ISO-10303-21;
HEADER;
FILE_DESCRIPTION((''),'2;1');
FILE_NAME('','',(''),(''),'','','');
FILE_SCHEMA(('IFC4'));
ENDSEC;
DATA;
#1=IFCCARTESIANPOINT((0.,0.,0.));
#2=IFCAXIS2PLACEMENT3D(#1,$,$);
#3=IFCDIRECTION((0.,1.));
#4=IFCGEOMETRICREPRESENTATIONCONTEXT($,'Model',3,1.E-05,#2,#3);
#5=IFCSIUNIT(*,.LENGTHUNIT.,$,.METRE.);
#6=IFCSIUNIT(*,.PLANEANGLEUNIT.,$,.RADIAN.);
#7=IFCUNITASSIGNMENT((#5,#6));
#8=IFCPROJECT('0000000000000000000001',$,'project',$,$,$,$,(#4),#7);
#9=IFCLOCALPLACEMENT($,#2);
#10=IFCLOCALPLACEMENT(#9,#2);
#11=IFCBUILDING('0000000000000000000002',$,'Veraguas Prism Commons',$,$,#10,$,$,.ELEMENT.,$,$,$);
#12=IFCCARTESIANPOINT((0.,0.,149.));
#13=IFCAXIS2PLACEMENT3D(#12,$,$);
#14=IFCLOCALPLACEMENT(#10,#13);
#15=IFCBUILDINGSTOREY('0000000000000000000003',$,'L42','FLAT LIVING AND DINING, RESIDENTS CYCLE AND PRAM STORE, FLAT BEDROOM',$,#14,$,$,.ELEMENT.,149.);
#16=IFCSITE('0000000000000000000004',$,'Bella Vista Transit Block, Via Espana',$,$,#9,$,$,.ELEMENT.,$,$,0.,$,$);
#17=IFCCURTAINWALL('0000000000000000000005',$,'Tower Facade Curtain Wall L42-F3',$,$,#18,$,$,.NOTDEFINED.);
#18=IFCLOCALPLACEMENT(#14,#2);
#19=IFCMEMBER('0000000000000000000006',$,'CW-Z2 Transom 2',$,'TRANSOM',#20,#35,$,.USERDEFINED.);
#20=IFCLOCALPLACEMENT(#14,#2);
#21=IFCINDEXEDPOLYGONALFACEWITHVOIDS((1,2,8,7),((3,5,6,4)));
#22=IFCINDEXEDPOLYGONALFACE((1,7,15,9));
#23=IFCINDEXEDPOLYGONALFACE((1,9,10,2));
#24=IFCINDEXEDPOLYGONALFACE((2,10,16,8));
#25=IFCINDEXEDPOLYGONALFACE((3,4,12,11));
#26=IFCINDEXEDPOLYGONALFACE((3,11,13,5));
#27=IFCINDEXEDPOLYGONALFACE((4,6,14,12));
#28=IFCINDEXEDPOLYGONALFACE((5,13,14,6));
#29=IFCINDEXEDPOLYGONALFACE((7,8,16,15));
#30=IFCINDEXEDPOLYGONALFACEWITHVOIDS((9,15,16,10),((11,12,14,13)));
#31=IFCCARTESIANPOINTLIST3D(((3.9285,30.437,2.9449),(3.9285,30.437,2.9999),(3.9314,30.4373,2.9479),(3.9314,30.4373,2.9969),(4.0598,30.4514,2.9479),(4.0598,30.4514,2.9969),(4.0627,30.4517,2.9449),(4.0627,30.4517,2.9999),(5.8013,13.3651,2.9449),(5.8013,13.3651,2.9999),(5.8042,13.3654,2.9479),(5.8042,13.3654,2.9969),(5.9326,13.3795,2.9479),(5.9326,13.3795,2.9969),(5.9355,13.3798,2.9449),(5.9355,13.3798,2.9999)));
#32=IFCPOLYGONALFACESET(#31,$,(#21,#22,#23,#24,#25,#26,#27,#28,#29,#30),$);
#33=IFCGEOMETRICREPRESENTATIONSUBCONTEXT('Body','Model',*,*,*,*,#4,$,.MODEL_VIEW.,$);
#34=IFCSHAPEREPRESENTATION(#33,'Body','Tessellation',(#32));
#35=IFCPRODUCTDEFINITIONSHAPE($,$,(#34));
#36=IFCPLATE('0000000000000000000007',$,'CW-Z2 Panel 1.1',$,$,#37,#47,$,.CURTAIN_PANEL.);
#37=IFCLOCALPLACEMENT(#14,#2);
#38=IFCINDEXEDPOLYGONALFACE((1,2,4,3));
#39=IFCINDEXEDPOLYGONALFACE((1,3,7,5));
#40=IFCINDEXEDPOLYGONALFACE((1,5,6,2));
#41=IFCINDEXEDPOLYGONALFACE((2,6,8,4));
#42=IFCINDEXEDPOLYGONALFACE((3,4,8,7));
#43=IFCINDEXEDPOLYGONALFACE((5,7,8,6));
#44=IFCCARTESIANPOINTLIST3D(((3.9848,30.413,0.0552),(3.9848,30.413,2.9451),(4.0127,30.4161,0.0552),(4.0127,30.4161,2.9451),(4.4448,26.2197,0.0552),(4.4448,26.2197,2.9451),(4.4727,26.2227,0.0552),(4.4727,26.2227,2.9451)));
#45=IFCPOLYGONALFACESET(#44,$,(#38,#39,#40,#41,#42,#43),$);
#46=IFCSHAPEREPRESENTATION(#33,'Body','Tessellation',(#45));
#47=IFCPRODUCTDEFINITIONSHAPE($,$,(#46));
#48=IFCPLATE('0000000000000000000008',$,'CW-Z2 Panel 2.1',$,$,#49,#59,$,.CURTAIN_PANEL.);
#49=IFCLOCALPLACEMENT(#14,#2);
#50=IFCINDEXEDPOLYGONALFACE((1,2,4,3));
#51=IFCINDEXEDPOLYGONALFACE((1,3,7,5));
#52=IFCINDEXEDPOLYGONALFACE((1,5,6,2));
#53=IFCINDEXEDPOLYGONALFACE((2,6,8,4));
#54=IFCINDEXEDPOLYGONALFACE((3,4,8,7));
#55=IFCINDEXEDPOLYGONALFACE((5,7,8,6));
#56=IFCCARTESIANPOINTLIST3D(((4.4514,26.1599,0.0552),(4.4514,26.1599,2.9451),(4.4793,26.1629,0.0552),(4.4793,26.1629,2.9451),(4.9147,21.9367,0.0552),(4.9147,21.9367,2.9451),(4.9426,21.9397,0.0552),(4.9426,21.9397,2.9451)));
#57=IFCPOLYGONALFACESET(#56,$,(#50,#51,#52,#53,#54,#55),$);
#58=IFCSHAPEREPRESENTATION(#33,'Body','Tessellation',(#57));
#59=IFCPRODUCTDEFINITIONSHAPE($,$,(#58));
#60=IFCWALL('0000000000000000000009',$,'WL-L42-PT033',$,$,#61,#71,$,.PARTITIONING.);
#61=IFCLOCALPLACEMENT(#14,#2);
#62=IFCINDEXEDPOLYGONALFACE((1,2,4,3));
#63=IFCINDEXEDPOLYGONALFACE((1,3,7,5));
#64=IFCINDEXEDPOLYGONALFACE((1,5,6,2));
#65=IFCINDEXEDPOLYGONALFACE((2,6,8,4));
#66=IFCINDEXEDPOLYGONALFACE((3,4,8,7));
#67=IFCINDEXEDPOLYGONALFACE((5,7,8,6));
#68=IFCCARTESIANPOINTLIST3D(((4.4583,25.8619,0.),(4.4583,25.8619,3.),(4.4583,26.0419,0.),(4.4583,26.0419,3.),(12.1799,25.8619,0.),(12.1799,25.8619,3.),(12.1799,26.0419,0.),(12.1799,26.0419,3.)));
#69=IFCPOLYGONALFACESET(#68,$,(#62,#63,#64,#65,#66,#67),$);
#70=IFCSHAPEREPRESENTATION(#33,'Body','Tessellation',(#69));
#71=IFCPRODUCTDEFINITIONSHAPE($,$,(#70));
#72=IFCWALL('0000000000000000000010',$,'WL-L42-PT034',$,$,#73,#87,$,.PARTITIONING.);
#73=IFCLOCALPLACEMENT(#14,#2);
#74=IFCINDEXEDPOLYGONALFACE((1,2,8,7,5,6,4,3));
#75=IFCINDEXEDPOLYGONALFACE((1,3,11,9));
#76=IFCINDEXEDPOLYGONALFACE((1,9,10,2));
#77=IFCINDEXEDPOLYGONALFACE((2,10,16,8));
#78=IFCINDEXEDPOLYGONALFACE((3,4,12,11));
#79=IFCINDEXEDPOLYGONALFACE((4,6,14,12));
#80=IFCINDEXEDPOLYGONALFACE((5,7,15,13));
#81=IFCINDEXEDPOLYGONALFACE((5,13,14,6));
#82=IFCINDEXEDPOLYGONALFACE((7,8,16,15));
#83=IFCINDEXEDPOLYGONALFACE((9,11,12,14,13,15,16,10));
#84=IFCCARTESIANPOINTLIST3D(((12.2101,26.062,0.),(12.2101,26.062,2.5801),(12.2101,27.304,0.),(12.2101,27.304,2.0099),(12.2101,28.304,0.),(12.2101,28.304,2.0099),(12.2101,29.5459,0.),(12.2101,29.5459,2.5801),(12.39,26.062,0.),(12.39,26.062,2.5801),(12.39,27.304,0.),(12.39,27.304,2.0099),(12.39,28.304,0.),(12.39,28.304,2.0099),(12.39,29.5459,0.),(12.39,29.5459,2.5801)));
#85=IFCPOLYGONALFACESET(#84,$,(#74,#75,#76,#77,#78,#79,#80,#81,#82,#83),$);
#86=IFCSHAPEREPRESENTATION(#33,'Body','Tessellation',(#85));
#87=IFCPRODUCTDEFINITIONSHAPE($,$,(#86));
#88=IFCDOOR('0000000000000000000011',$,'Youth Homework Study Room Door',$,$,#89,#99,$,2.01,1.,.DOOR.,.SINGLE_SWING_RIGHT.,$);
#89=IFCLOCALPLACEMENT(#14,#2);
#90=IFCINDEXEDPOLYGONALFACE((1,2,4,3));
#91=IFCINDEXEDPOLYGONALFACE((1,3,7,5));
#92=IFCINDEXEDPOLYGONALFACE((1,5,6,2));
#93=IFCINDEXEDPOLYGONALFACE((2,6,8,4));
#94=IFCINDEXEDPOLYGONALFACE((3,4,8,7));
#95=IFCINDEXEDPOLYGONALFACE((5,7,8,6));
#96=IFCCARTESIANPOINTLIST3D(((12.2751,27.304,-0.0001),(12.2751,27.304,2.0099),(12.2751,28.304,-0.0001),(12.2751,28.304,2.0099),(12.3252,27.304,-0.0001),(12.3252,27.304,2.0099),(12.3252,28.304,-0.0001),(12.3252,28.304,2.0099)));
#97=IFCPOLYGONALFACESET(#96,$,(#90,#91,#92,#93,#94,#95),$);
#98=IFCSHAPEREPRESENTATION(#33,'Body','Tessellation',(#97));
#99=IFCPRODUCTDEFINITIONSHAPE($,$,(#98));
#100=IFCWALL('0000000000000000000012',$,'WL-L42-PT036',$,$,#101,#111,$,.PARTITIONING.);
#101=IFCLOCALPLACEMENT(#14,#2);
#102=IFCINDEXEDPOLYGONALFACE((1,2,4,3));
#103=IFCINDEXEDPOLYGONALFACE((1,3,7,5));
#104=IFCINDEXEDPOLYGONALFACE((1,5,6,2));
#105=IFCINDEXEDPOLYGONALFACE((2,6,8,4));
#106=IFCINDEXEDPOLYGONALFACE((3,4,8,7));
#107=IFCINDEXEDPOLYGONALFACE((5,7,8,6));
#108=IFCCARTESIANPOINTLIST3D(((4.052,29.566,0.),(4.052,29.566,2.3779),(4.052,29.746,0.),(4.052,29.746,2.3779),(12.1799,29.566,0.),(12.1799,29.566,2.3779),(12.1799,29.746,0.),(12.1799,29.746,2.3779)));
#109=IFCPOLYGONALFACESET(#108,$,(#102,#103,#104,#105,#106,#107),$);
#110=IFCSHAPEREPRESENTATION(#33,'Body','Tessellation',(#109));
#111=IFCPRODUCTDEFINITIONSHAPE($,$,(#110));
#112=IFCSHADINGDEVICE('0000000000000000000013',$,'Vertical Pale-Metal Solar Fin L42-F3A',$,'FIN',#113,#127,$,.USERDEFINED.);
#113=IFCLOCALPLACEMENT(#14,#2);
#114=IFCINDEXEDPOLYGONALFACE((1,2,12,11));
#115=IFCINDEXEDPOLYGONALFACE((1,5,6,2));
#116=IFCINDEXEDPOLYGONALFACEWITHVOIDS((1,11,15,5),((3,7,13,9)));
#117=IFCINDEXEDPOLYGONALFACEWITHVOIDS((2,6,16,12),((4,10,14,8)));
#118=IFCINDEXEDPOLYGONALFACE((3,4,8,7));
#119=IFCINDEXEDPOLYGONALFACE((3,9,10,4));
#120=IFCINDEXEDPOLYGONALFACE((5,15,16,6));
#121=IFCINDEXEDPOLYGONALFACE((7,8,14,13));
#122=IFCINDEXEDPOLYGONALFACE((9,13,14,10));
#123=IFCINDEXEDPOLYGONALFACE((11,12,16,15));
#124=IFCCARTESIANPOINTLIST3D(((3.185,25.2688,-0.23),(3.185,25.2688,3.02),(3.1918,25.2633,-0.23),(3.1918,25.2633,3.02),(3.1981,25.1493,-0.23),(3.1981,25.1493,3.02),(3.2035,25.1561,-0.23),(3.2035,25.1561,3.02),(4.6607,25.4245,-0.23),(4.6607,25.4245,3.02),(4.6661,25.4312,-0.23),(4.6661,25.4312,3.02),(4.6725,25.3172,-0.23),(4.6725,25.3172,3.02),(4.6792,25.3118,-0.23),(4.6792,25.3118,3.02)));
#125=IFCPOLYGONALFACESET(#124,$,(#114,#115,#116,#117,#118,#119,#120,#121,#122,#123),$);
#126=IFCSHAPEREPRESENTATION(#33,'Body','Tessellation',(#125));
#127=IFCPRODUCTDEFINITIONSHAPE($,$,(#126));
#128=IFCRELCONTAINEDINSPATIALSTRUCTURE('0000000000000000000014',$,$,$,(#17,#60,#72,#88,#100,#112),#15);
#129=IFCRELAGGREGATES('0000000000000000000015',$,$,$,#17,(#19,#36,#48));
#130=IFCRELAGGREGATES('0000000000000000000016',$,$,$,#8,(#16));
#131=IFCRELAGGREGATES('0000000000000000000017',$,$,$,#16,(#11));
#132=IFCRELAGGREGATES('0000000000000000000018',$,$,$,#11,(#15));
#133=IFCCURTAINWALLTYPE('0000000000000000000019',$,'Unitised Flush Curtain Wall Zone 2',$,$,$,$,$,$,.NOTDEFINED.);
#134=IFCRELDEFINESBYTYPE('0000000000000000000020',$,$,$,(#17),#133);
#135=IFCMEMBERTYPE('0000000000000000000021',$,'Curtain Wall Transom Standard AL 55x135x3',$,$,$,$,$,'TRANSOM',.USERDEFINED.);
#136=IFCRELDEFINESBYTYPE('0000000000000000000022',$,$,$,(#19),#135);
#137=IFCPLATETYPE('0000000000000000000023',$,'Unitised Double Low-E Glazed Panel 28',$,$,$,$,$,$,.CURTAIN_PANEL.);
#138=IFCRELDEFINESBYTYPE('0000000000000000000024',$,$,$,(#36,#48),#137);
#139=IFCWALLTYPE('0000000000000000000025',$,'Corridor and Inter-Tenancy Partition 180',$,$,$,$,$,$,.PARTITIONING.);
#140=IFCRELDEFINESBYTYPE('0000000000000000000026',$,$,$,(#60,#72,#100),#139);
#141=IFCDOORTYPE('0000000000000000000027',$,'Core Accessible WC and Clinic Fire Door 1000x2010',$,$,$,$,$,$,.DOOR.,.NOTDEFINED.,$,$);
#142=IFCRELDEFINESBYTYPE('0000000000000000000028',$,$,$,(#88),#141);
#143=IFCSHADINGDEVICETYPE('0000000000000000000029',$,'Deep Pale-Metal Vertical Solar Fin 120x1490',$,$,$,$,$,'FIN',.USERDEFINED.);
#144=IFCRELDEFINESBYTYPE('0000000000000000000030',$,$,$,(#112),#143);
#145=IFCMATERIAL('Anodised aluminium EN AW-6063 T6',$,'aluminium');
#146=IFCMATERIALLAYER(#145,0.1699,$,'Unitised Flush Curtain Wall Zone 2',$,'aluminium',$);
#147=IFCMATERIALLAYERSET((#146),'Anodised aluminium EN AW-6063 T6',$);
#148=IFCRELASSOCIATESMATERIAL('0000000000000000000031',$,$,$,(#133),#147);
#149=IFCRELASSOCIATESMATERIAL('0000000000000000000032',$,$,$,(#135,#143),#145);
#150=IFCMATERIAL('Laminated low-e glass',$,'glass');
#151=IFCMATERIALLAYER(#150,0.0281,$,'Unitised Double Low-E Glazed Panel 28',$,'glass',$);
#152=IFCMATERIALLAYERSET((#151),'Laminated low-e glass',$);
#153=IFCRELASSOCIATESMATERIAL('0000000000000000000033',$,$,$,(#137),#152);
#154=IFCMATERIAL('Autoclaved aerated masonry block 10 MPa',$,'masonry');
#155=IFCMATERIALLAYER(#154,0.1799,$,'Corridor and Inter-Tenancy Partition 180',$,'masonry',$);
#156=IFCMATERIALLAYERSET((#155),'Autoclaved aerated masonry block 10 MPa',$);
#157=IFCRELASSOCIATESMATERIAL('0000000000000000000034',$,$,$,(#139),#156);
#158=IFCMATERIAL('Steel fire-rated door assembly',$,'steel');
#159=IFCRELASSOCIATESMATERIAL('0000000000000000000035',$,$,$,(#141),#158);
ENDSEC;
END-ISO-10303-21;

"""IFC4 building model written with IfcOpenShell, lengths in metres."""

from ifc_helpers import new_model, si_unit, direction, frame, frame_2d, origin, origin_2d, place, context, subcontext, project, spatial, rectangle, hollow_rectangle, extrude, source, transform, mapped, material, layer, layer_set, material_profile, profile_set, type_object, element, fill, aggregate, save


model = new_model("IFC4")

# Units and contexts
model_context = context("Model", 3, precision=1e-05, world=origin(), true_north=direction((0.0, 1.0)))
body_context = subcontext(model_context, "Body", "Model", "MODEL_VIEW")
ifc_project = project(units=[si_unit("LENGTHUNIT", "METRE"), si_unit("PLANEANGLEUNIT", "RADIAN")], contexts=[model_context])

# Site, building, storey
site_placement = place(None, origin())
site = spatial("IfcSite", under=ifc_project, at=site_placement, Name="Bella Vista Transit Block, Via Espana", CompositionType="ELEMENT", RefElevation=0.0)
building_placement = place(site_placement, origin())
building = spatial("IfcBuilding", under=site, at=building_placement, Name="Veraguas Prism Commons", CompositionType="ELEMENT")
storey_placement = place(building_placement, frame((0.0, 0.0, 149.0)))
storey = spatial("IfcBuildingStorey", under=building, at=storey_placement, Name="L42", Description="FLAT LIVING AND DINING, RESIDENTS CYCLE AND PRAM STORE, FLAT BEDROOM", CompositionType="ELEMENT", Elevation=149.0)

# Curtain wall
ifc_material_1 = material(Name="Anodised aluminium EN AW-6063 T6", Category="aluminium")
ifc_layer_1 = layer(ifc_material_1, 0.1699, Name="Unitised Flush Curtain Wall Zone 2", Category="aluminium")
ifc_layer_set_1 = layer_set([ifc_layer_1], Name="Anodised aluminium EN AW-6063 T6")
curtain_wall_type = type_object("IfcCurtainWallType", Name="Unitised Flush Curtain Wall Zone 2", PredefinedType="NOTDEFINED", material=ifc_layer_set_1)
curtain_wall_1_placement = place(storey_placement, origin())
curtain_wall_1 = element("IfcCurtainWall", 1, at=curtain_wall_1_placement, inside=storey, type_object=curtain_wall_type, Name="Tower Facade Curtain Wall L42-F3", PredefinedType="NOTDEFINED")

# Member
ifc_material_profile_1 = material_profile(ifc_material_1, hollow_rectangle(XDim=0.0549, YDim=0.135, WallThickness=0.0029, at=origin_2d()), Name="AL55X135X3")
ifc_profile_set_1 = profile_set([ifc_material_profile_1], Name="Anodised aluminium EN AW-6063 T6")
member_type_1 = type_object("IfcMemberType", Name="Curtain Wall Transom Standard AL 55x135x3", ElementType="TRANSOM", PredefinedType="USERDEFINED", material=ifc_profile_set_1)
shared_shape_1 = source(origin(), body_context, "Body", "SweptSolid", [
    extrude(hollow_rectangle(XDim=0.0549, YDim=0.135, WallThickness=0.0029, at=origin_2d()), origin(), (0.0, 0.0, 1.0), 17.1743),
])
member_1_placement = place(storey_placement, frame((3.9956, 30.4443, 2.9724), z_axis=(0.109046, -0.994037, 0.0), x_axis=(0.0, 0.0, 1.0)))
member_1 = element("IfcMember", 2, at=member_1_placement, type_object=member_type_1, Name="CW-Z2 Transom 2", ObjectType="TRANSOM", PredefinedType="USERDEFINED", context=body_context, shape_type="MappedRepresentation", body=[
    mapped(shared_shape_1, transform((0.0, 0.0, 0.0), scale=1.0)),
])

# Plates
ifc_material_2 = material(Name="Laminated low-e glass", Category="glass")
ifc_layer_2 = layer(ifc_material_2, 0.0281, Name="Unitised Double Low-E Glazed Panel 28", Category="glass")
ifc_layer_set_2 = layer_set([ifc_layer_2], Name="Laminated low-e glass")
plate_type = type_object("IfcPlateType", Name="Unitised Double Low-E Glazed Panel 28", PredefinedType="CURTAIN_PANEL", material=ifc_layer_set_2)
shared_shape_2 = source(origin(), body_context, "Body", "SweptSolid", [
    extrude(rectangle(XDim=4.2185, YDim=0.0281, at=origin_2d()), origin(), (0.0, 0.0, 1.0), 2.8899),
])
plate_1_placement = place(storey_placement, frame((4.2288, 28.3179, 0.0552), z_axis=(0.0, 0.0, 1.0), x_axis=(0.109044, -0.994037, 0.0)))
plate_1 = element("IfcPlate", 3, at=plate_1_placement, type_object=plate_type, Name="CW-Z2 Panel 1.1", PredefinedType="CURTAIN_PANEL", context=body_context, shape_type="MappedRepresentation", body=[
    mapped(shared_shape_2, transform((0.0, 0.0, 0.0), scale=1.0)),
])
shared_shape_3 = source(origin(), body_context, "Body", "SweptSolid", [
    extrude(rectangle(XDim=4.2485, YDim=0.0281, at=origin_2d()), origin(), (0.0, 0.0, 1.0), 2.8899),
])
plate_2_placement = place(storey_placement, frame((4.697, 24.0498, 0.0552), z_axis=(0.0, 0.0, 1.0), x_axis=(0.109044, -0.994037, 0.0)))
plate_2 = element("IfcPlate", 4, at=plate_2_placement, type_object=plate_type, Name="CW-Z2 Panel 2.1", PredefinedType="CURTAIN_PANEL", context=body_context, shape_type="MappedRepresentation", body=[
    mapped(shared_shape_3, transform((0.0, 0.0, 0.0), scale=1.0)),
])
aggregate(curtain_wall_1, [member_1, plate_1, plate_2])

# Wall
ifc_material_3 = material(Name="Autoclaved aerated masonry block 10 MPa", Category="masonry")
ifc_layer_3 = layer(ifc_material_3, 0.1799, Name="Corridor and Inter-Tenancy Partition 180", Category="masonry")
ifc_layer_set_3 = layer_set([ifc_layer_3], Name="Autoclaved aerated masonry block 10 MPa")
wall_type = type_object("IfcWallType", Name="Corridor and Inter-Tenancy Partition 180", PredefinedType="PARTITIONING", material=ifc_layer_set_3)
wall_1_placement = place(storey_placement, frame((12.1799, 25.9519, 0.0), z_axis=(0.0, 0.0, 1.0), x_axis=(-1.0, 0.0, 0.0)))
element("IfcWall", 5, at=wall_1_placement, inside=storey, type_object=wall_type, Name="WL-L42-PT033", PredefinedType="PARTITIONING", context=body_context, shape_type="SweptSolid", body=[
    extrude(rectangle(XDim=7.7217, YDim=0.1799, at=frame_2d((3.8608, 0.0))), origin(), (0.0, 0.0, 1.0), 3.0),
])

# Wall, opening, door
wall_2_placement = place(storey_placement, frame((12.3, 26.062, 0.0), z_axis=(0.0, 0.0, 1.0), x_axis=(0.0, 1.0, 0.0)))
wall_2 = element("IfcWall", 6, at=wall_2_placement, inside=storey, type_object=wall_type, Name="WL-L42-PT034", PredefinedType="PARTITIONING", context=body_context, shape_type="SweptSolid", body=[
    extrude(rectangle(XDim=3.4839, YDim=0.1799, at=frame_2d((1.7419, 0.0))), origin(), (0.0, 0.0, 1.0), 2.5801),
])
opening_placement = place(wall_2_placement, frame((1.2419, 0.0, 0.0)))
opening = element("IfcOpeningElement", 7, at=opening_placement, cuts=wall_2, PredefinedType="OPENING", context=body_context, shape_type="SweptSolid", body=[
    extrude(rectangle(XDim=1.0, YDim=2.01, at=frame_2d((0.5, 1.0049))), frame((0.0, 0.0999, 0.0), z_axis=(0.0, -1.0, 0.0), x_axis=(1.0, 0.0, 0.0)), (0.0, 0.0, 1.0), 0.2),
])
ifc_material_4 = material(Name="Steel fire-rated door assembly", Category="steel")
door_type = type_object("IfcDoorType", Name="Core Accessible WC and Clinic Fire Door 1000x2010", OperationType="NOTDEFINED", PredefinedType="DOOR", material=ifc_material_4)
shared_shape_4 = source(origin(), body_context, "Body", "SweptSolid", [
    extrude(rectangle(XDim=1.0, YDim=2.01, at=frame_2d((0.5, 1.0049))), frame((0.0, 0.0249, 0.0), z_axis=(0.0, -1.0, 0.0), x_axis=(1.0, 0.0, 0.0)), (0.0, 0.0, 1.0), 0.05),
])
door_placement = place(opening_placement, origin())
door = element("IfcDoor", 8, at=door_placement, inside=storey, type_object=door_type, Name="Youth Homework Study Room Door", OperationType="SINGLE_SWING_RIGHT", OverallHeight=2.01, OverallWidth=1.0, PredefinedType="DOOR", context=body_context, shape_type="MappedRepresentation", body=[
    mapped(shared_shape_4, transform((0.0, 0.0, 0.0), scale=1.0)),
])
fill(opening, door)

# Wall
wall_3_placement = place(storey_placement, frame((12.1799, 29.656, 0.0), z_axis=(0.0, 0.0, 1.0), x_axis=(-1.0, 0.0, 0.0)))
element("IfcWall", 9, at=wall_3_placement, inside=storey, type_object=wall_type, Name="WL-L42-PT036", PredefinedType="PARTITIONING", context=body_context, shape_type="SweptSolid", body=[
    extrude(rectangle(XDim=8.1279, YDim=0.1799, at=frame_2d((4.064, 0.0))), origin(), (0.0, 0.0, 1.0), 2.3779),
])

# Shading device
ifc_material_profile_2 = material_profile(ifc_material_1, hollow_rectangle(XDim=0.1201, YDim=1.49, WallThickness=0.0061, at=origin_2d()), Name="FIN120X1490X6")
ifc_profile_set_2 = profile_set([ifc_material_profile_2], Name="Anodised aluminium EN AW-6063 T6")
shading_device_type = type_object("IfcShadingDeviceType", Name="Deep Pale-Metal Vertical Solar Fin 120x1490", ElementType="FIN", PredefinedType="USERDEFINED", material=ifc_profile_set_2)
shading_device_placement = place(storey_placement, frame((3.9321, 25.2903, -0.23), z_axis=(0.0, 0.0, 1.0), x_axis=(0.109039, -0.994038, 0.0)))
element("IfcShadingDevice", 10, at=shading_device_placement, inside=storey, type_object=shading_device_type, Name="Vertical Pale-Metal Solar Fin L42-F3A", ObjectType="FIN", PredefinedType="USERDEFINED", context=body_context, shape_type="SweptSolid", body=[
    extrude(hollow_rectangle(XDim=0.1201, YDim=1.49, WallThickness=0.0061, at=origin_2d()), origin(), (0.0, 0.0, 1.0), 3.25),
])

save(model, "model.ifc")
